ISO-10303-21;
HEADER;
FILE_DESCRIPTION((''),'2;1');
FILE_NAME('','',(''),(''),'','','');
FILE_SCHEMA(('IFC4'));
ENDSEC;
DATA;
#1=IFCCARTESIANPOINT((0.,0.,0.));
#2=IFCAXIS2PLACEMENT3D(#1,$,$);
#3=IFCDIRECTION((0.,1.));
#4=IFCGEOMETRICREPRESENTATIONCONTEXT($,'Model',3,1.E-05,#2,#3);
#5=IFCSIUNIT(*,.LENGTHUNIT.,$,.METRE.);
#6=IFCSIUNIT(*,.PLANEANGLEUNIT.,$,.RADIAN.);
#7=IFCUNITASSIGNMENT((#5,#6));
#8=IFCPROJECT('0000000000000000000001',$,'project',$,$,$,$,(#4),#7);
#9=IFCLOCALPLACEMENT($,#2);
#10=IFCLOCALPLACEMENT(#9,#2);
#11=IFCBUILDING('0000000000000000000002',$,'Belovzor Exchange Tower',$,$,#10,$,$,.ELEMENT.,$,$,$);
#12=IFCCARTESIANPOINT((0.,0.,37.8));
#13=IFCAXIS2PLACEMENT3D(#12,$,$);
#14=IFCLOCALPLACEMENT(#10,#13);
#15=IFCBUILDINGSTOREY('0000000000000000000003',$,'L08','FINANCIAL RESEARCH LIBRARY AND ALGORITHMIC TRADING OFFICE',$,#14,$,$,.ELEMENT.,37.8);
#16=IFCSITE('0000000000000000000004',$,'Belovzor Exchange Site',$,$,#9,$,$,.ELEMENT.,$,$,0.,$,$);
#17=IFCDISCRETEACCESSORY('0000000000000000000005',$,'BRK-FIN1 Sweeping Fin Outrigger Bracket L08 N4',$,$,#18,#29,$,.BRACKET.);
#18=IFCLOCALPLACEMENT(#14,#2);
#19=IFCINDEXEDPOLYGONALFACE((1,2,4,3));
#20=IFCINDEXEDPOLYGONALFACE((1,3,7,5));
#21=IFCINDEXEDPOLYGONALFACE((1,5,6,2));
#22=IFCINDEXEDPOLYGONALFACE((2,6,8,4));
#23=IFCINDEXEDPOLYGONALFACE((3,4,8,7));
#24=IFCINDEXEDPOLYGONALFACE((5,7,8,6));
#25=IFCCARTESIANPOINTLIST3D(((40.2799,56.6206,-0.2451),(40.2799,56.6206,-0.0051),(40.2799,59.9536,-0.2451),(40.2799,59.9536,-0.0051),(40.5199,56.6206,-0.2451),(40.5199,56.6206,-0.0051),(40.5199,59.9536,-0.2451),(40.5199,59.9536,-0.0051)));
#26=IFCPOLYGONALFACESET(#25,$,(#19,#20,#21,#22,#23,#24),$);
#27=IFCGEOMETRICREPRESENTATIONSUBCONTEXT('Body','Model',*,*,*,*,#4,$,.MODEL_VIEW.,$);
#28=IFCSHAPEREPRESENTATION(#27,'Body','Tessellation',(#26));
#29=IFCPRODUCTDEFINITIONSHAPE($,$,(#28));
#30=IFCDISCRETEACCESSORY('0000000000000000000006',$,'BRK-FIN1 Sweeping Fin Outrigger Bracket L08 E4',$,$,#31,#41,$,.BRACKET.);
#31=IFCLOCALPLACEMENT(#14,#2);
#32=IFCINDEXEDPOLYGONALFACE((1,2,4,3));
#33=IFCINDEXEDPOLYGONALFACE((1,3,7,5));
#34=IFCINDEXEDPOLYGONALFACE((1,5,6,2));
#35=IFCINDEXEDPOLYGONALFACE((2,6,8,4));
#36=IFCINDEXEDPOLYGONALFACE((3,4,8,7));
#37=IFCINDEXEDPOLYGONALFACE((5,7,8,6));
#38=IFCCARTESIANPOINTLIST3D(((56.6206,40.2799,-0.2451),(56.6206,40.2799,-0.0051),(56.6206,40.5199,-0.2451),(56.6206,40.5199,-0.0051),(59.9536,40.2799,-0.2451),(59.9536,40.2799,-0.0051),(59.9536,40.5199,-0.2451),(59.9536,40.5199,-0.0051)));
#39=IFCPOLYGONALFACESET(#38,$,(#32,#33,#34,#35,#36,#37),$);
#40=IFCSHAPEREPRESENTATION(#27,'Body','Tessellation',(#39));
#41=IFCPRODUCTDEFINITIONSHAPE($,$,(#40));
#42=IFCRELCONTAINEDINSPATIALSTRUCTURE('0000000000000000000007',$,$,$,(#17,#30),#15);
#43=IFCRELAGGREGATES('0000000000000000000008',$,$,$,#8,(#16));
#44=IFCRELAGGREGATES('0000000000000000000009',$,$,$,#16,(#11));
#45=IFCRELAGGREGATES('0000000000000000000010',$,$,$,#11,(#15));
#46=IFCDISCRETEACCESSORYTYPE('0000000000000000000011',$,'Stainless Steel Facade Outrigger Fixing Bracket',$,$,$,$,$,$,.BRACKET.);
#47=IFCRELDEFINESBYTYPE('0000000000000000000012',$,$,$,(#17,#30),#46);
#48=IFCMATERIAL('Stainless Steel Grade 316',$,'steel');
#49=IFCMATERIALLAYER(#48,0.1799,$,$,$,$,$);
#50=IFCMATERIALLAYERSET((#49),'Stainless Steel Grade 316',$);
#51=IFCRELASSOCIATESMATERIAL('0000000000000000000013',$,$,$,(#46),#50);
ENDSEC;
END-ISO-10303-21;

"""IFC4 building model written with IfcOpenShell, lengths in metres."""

from ifc_helpers import new_model, si_unit, direction, frame, origin, origin_2d, place, context, subcontext, project, spatial, rectangle, extrude, material, layer, layer_set, type_object, element, save


model = new_model("IFC4")

# Units and contexts
model_context = context("Model", 3, precision=1e-05, world=origin(), true_north=direction((0.0, 1.0)))
body_context = subcontext(model_context, "Body", "Model", "MODEL_VIEW")
ifc_project = project(units=[si_unit("LENGTHUNIT", "METRE"), si_unit("PLANEANGLEUNIT", "RADIAN")], contexts=[model_context])

# Site, building, storey
site_placement = place(None, origin())
site = spatial("IfcSite", under=ifc_project, at=site_placement, Name="Belovzor Exchange Site", CompositionType="ELEMENT", RefElevation=0.0)
building_placement = place(site_placement, origin())
building = spatial("IfcBuilding", under=site, at=building_placement, Name="Belovzor Exchange Tower", CompositionType="ELEMENT")
storey_placement = place(building_placement, frame((0.0, 0.0, 37.8)))
storey = spatial("IfcBuildingStorey", under=building, at=storey_placement, Name="L08", Description="FINANCIAL RESEARCH LIBRARY AND ALGORITHMIC TRADING OFFICE", CompositionType="ELEMENT", Elevation=37.8)

# Discrete accessories
ifc_material_1 = material(Name="Stainless Steel Grade 316", Category="steel")
ifc_layer_1 = layer(ifc_material_1, 0.1799)
ifc_layer_set_1 = layer_set([ifc_layer_1], Name="Stainless Steel Grade 316")
discrete_accessory_type = type_object("IfcDiscreteAccessoryType", Name="Stainless Steel Facade Outrigger Fixing Bracket", PredefinedType="BRACKET", material=ifc_layer_set_1)
for number, where, z_axis, x_axis, name in (
    (1, (40.3999, 58.2871, -0.2451), (0.0, 0.0, 1.0), (0.0, 1.0, 0.0), "BRK-FIN1 Sweeping Fin Outrigger Bracket L08 N4"),
    (2, (58.2871, 40.3999, -0.2451), (0.0, 0.0, 1.0), (1.0, 0.0, 0.0), "BRK-FIN1 Sweeping Fin Outrigger Bracket L08 E4"),
):
    element("IfcDiscreteAccessory", number, at=place(storey_placement, frame(where, z_axis=z_axis, x_axis=x_axis)), inside=storey, type_object=discrete_accessory_type, Name=name, PredefinedType="BRACKET", context=body_context, shape_type="SweptSolid", body=[
        extrude(rectangle(XDim=3.333, YDim=0.24, at=origin_2d()), origin(), (0.0, 0.0, 1.0), 0.24),
    ])

save(model, "model.ifc")
